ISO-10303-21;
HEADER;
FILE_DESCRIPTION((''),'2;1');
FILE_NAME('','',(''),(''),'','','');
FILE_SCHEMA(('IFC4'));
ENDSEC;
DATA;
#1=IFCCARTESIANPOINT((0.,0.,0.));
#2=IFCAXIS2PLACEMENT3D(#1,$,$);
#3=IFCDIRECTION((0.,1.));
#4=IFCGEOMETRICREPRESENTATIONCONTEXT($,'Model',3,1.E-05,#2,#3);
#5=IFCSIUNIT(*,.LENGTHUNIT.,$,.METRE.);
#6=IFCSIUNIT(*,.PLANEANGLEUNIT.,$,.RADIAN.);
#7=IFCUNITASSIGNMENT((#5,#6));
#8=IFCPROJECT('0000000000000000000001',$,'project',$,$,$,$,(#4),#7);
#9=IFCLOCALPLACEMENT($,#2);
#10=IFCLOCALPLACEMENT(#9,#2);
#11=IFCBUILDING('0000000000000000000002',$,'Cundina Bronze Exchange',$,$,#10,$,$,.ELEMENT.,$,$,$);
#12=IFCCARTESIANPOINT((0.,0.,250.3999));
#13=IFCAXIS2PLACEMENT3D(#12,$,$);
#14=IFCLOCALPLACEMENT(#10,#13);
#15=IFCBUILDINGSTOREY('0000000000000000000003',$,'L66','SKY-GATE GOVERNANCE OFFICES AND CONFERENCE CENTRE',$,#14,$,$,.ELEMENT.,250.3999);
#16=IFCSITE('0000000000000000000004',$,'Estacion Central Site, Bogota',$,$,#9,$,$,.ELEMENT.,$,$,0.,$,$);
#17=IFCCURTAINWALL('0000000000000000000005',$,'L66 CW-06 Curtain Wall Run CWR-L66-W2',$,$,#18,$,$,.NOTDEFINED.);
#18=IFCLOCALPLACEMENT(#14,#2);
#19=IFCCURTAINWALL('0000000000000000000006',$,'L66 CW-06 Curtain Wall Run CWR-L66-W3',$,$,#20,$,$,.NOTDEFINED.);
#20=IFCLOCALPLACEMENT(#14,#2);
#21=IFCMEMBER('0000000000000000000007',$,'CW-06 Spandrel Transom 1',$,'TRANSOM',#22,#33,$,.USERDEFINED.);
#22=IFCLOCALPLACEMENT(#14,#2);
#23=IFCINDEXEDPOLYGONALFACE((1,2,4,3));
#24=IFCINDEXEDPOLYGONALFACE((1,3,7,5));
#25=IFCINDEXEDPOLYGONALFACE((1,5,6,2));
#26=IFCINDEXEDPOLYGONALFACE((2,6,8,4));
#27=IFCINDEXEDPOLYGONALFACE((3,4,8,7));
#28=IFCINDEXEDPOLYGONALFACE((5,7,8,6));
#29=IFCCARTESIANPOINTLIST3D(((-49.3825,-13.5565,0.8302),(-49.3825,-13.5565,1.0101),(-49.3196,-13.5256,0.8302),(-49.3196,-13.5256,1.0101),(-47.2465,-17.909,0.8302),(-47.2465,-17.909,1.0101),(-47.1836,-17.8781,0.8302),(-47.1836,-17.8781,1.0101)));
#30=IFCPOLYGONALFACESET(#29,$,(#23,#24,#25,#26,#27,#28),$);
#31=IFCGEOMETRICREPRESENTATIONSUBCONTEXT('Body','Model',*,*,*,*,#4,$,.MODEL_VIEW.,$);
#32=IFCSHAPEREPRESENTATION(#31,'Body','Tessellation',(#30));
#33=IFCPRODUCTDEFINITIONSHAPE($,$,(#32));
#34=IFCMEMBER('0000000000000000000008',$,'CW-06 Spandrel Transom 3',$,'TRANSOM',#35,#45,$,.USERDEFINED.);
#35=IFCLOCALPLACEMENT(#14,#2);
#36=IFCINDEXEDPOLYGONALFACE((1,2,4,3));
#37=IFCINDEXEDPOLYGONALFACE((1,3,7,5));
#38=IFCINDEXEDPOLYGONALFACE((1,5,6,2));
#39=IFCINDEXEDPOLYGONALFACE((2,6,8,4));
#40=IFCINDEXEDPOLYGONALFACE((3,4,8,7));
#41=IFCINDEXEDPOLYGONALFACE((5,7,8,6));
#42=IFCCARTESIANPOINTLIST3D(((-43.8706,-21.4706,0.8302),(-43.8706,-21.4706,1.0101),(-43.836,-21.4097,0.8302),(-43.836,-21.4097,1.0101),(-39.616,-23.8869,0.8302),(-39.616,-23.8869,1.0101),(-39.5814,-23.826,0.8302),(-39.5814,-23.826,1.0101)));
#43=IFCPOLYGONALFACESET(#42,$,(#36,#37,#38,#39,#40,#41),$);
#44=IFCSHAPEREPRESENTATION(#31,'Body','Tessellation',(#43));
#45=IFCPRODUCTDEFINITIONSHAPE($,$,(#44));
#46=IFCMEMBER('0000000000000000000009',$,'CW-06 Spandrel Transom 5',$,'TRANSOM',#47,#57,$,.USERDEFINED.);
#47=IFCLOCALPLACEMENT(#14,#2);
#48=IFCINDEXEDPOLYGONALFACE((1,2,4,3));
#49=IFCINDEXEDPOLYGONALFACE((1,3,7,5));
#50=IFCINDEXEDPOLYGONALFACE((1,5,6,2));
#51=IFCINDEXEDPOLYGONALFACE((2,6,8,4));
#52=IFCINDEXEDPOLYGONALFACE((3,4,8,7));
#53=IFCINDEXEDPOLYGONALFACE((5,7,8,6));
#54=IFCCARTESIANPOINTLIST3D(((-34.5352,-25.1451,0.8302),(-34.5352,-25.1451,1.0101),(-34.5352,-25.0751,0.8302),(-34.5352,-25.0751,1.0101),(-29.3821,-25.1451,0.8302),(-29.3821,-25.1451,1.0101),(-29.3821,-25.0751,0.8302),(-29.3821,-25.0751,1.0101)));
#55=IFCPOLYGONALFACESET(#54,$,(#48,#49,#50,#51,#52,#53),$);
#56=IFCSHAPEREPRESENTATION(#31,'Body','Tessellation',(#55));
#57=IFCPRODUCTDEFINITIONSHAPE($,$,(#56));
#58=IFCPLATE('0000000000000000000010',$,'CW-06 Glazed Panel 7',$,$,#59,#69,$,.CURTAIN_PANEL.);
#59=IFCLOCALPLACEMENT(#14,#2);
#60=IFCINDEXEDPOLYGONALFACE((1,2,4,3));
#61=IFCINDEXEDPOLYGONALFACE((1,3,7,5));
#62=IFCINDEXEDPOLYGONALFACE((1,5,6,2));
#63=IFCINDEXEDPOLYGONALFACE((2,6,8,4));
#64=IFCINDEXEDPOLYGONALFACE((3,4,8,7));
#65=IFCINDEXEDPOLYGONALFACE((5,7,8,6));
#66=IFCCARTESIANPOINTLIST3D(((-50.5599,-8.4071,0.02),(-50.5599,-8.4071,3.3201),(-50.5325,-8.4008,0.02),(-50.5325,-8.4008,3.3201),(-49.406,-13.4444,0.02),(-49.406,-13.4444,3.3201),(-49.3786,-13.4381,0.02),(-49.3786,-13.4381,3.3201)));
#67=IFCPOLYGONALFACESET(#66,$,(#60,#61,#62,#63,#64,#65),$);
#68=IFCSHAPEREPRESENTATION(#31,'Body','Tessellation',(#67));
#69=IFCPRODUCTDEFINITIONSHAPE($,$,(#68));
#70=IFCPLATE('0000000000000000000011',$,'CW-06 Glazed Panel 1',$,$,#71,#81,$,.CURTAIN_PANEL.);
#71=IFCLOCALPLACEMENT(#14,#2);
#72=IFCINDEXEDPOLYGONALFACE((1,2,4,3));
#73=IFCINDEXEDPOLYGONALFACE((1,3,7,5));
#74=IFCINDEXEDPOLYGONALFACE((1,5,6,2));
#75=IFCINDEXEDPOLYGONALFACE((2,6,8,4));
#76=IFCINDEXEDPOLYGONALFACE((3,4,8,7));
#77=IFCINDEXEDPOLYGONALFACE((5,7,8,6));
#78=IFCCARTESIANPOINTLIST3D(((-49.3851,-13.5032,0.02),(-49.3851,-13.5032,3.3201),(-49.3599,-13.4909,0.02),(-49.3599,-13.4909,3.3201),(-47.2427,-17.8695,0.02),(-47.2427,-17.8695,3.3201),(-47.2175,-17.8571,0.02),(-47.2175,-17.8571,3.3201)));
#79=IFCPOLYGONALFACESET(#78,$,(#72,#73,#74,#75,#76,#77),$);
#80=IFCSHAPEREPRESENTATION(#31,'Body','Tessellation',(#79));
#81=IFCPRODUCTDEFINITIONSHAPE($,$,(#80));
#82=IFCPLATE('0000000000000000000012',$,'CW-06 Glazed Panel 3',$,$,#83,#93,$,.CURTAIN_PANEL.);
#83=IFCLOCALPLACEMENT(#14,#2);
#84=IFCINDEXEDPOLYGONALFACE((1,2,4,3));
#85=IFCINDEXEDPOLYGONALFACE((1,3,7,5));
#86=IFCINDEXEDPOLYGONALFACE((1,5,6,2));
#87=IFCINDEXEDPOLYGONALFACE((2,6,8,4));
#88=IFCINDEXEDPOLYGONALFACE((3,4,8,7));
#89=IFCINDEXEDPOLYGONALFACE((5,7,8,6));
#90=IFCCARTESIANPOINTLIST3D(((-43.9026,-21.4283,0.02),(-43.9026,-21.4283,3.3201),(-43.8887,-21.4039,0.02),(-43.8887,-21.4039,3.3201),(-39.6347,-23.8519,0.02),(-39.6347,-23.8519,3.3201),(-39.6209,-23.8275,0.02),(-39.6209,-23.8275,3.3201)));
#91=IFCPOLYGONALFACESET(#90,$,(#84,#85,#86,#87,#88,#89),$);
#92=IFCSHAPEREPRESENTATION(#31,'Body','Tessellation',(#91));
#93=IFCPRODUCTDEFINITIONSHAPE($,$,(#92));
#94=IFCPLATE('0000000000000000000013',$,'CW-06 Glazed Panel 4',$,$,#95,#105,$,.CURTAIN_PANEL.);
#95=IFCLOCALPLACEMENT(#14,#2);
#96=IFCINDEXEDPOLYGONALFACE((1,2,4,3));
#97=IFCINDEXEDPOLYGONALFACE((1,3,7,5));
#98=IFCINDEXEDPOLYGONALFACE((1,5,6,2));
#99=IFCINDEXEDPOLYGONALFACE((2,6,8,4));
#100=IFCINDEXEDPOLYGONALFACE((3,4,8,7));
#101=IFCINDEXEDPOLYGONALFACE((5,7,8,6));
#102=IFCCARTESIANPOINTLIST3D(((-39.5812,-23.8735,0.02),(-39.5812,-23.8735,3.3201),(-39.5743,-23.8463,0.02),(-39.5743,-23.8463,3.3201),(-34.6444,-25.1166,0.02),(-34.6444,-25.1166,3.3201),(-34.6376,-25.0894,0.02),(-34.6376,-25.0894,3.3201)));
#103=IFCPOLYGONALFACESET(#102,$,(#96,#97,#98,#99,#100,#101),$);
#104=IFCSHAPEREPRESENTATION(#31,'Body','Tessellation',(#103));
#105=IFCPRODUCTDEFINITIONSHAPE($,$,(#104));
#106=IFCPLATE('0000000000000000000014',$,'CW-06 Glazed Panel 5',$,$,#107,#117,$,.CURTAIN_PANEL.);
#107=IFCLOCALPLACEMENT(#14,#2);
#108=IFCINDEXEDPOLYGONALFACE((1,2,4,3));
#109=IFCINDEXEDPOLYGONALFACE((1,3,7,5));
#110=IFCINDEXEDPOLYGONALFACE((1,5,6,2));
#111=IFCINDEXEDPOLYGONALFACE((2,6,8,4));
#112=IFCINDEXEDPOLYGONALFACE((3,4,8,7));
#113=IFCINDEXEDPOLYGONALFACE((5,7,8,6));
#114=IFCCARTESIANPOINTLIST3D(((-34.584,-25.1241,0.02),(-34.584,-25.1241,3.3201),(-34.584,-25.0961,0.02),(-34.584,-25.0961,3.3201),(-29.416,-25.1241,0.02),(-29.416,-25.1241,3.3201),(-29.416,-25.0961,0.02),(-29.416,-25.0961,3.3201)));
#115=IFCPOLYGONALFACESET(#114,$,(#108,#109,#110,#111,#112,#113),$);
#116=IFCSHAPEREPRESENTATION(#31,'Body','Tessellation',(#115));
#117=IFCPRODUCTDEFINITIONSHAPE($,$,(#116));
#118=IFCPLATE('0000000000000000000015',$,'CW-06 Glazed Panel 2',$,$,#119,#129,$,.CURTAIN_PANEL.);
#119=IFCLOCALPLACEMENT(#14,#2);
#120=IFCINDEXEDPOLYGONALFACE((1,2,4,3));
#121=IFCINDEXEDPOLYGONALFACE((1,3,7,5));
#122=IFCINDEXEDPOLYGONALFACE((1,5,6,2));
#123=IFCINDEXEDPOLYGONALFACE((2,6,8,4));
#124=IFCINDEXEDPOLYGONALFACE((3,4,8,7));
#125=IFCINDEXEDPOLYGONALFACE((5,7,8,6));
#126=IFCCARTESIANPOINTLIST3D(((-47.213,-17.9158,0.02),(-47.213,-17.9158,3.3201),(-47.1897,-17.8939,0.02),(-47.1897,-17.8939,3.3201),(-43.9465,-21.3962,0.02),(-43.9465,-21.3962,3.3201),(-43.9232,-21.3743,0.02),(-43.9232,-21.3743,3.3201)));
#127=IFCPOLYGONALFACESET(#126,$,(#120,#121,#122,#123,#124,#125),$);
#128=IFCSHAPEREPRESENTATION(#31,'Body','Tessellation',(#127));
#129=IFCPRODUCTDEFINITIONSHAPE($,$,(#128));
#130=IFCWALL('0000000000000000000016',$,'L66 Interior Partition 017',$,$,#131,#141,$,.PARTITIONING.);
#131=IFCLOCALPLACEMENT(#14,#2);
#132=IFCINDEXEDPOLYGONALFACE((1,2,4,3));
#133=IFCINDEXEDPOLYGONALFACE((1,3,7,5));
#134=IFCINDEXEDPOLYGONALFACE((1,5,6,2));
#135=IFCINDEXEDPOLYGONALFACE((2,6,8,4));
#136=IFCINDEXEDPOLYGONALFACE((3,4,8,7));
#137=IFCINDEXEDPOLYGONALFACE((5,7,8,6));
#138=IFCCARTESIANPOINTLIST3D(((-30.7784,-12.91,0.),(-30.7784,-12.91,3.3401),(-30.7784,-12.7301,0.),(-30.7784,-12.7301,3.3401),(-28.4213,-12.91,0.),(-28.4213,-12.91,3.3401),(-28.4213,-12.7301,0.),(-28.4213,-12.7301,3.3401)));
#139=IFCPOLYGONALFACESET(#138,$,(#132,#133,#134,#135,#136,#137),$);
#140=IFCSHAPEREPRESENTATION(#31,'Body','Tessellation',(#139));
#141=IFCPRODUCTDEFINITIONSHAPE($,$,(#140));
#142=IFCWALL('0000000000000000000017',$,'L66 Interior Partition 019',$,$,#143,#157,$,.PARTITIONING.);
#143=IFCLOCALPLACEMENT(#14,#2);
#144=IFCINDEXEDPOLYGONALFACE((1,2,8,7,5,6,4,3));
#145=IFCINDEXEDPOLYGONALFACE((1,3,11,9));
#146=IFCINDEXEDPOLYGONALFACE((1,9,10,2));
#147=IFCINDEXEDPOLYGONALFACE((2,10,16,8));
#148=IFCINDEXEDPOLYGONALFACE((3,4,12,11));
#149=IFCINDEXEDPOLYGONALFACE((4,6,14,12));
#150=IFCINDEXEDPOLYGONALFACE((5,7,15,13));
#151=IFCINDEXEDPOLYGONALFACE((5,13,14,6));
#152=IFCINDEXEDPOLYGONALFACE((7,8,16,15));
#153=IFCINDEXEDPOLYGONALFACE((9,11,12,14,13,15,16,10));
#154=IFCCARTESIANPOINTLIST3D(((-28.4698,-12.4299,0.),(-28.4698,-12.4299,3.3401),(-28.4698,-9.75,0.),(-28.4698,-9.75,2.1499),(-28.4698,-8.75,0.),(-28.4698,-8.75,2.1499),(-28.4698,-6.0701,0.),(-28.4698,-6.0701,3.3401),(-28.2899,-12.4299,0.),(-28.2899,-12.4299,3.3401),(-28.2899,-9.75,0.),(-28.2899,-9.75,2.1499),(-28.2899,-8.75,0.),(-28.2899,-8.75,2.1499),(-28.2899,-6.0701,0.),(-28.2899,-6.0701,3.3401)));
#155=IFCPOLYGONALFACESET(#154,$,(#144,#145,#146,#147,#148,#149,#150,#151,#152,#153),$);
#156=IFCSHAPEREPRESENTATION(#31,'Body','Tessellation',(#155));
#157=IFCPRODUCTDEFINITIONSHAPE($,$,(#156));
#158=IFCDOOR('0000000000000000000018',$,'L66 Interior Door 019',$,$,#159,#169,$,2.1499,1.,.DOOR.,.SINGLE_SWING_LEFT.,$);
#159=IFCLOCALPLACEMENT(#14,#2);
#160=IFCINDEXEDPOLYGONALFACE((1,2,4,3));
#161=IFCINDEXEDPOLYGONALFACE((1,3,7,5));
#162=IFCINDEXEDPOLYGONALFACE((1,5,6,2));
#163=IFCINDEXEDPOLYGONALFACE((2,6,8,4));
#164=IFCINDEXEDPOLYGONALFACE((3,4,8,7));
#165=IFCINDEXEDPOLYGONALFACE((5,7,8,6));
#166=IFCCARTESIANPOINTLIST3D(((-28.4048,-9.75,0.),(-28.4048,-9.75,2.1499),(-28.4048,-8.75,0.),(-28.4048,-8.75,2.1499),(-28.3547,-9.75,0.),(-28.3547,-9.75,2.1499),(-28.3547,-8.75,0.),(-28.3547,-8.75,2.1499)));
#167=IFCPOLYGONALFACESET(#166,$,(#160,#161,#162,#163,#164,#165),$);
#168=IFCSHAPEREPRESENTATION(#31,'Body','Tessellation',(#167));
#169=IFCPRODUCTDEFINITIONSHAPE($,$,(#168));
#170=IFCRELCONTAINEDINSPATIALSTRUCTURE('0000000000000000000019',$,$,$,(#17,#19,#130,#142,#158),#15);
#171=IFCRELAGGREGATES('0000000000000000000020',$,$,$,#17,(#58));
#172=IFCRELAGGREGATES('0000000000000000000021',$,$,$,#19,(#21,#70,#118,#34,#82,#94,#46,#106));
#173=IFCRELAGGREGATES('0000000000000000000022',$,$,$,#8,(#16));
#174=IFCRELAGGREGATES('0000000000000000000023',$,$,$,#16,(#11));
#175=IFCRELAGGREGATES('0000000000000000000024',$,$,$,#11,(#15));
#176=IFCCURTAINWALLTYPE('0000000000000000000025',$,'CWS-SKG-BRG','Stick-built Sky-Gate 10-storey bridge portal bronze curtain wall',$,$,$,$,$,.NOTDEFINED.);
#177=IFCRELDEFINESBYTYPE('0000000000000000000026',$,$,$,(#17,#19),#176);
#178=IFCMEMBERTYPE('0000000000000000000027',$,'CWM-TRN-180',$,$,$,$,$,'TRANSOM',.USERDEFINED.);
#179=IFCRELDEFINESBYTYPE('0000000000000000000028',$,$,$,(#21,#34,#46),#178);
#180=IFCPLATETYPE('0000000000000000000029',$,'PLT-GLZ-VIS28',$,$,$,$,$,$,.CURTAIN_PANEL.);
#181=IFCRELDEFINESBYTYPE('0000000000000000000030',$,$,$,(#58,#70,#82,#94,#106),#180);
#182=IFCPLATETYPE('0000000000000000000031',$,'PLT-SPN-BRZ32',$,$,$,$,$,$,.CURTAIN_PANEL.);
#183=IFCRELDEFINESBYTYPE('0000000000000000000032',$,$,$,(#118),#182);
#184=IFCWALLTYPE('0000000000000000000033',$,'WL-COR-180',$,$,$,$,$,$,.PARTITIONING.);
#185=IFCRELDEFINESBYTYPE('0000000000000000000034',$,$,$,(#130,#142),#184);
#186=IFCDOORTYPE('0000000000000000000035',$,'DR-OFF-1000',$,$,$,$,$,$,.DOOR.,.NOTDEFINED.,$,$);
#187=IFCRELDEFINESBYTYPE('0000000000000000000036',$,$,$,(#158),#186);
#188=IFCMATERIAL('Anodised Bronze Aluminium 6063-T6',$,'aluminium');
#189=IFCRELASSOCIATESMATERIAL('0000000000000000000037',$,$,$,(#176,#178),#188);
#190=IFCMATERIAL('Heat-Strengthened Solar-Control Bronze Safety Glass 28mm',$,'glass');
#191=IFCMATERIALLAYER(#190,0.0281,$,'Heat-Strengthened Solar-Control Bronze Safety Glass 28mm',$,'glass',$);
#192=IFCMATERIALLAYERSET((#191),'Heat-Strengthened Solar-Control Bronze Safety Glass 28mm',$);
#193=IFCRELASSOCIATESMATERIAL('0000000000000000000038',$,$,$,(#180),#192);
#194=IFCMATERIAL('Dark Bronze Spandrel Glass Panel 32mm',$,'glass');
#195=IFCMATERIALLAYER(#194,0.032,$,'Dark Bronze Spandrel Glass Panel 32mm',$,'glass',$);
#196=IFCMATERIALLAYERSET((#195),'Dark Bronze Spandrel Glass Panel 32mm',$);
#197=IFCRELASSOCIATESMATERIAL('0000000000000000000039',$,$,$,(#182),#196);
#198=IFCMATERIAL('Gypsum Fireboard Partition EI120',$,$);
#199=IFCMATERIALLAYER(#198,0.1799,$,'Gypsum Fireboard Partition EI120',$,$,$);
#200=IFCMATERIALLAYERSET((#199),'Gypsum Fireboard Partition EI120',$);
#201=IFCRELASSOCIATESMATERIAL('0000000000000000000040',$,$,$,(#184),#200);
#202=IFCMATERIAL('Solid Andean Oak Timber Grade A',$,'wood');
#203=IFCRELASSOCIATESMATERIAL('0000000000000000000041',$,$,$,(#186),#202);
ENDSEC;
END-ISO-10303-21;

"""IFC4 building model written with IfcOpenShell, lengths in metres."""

from ifc_helpers import new_model, si_unit, direction, frame, frame_2d, origin, origin_2d, place, context, subcontext, project, spatial, rectangle, extrude, material, layer, layer_set, material_profile, profile_set, type_object, element, fill, aggregate, save


model = new_model("IFC4")

# Units and contexts
model_context = context("Model", 3, precision=1e-05, world=origin(), true_north=direction((0.0, 1.0)))
body_context = subcontext(model_context, "Body", "Model", "MODEL_VIEW")
ifc_project = project(units=[si_unit("LENGTHUNIT", "METRE"), si_unit("PLANEANGLEUNIT", "RADIAN")], contexts=[model_context])

# Site, building, storey
site_placement = place(None, origin())
site = spatial("IfcSite", under=ifc_project, at=site_placement, Name="Estacion Central Site, Bogota", CompositionType="ELEMENT", RefElevation=0.0)
building_placement = place(site_placement, origin())
building = spatial("IfcBuilding", under=site, at=building_placement, Name="Cundina Bronze Exchange", CompositionType="ELEMENT")
storey_placement = place(building_placement, frame((0.0, 0.0, 250.3999)))
storey = spatial("IfcBuildingStorey", under=building, at=storey_placement, Name="L66", Description="SKY-GATE GOVERNANCE OFFICES AND CONFERENCE CENTRE", CompositionType="ELEMENT", Elevation=250.3999)

# Curtain wall
ifc_material_1 = material(Name="Anodised Bronze Aluminium 6063-T6", Category="aluminium")
curtain_wall_type = type_object("IfcCurtainWallType", Name="CWS-SKG-BRG", Description="Stick-built Sky-Gate 10-storey bridge portal bronze curtain wall", PredefinedType="NOTDEFINED", material=ifc_material_1)
curtain_wall_1_placement = place(storey_placement, origin())
curtain_wall_1 = element("IfcCurtainWall", 1, at=curtain_wall_1_placement, inside=storey, type_object=curtain_wall_type, Name="L66 CW-06 Curtain Wall Run CWR-L66-W2", PredefinedType="NOTDEFINED")

# Curtain wall, members
curtain_wall_2_placement = place(storey_placement, origin())
curtain_wall_2 = element("IfcCurtainWall", 2, at=curtain_wall_2_placement, inside=storey, type_object=curtain_wall_type, Name="L66 CW-06 Curtain Wall Run CWR-L66-W3", PredefinedType="NOTDEFINED")
ifc_material_profile_1 = material_profile(ifc_material_1, rectangle(XDim=0.0701, YDim=0.1799, at=origin_2d()), Name="AL70X180", Category="aluminium")
ifc_profile_set_1 = profile_set([ifc_material_profile_1], Name="Anodised Bronze Aluminium 6063-T6")
member_type_1 = type_object("IfcMemberType", Name="CWM-TRN-180", ElementType="TRANSOM", PredefinedType="USERDEFINED", material=ifc_profile_set_1)
member_1_placement = place(storey_placement, frame((-49.3511, -13.541, 0.9202), z_axis=(0.440554, -0.897726, 0.0), x_axis=(0.897726, 0.440554, 0.0)))
member_1 = element("IfcMember", 3, at=member_1_placement, type_object=member_type_1, Name="CW-06 Spandrel Transom 1", ObjectType="TRANSOM", PredefinedType="USERDEFINED", context=body_context, shape_type="SweptSolid", body=[
    extrude(rectangle(XDim=0.0701, YDim=0.1799, at=origin_2d()), origin(), (0.0, 0.0, 1.0), 4.8484),
])
member_2_placement = place(storey_placement, frame((-43.8533, -21.4402, 0.9202), z_axis=(0.869557, -0.493832, 0.0), x_axis=(0.493832, 0.869557, 0.0)))
member_2 = element("IfcMember", 4, at=member_2_placement, type_object=member_type_1, Name="CW-06 Spandrel Transom 3", ObjectType="TRANSOM", PredefinedType="USERDEFINED", context=body_context, shape_type="SweptSolid", body=[
    extrude(rectangle(XDim=0.0701, YDim=0.1799, at=origin_2d()), origin(), (0.0, 0.0, 1.0), 4.8928),
])
member_3_placement = place(storey_placement, frame((-34.5352, -25.1101, 0.9202), z_axis=(1.0, 0.0, 0.0), x_axis=(0.0, 1.0, 0.0)))
member_3 = element("IfcMember", 5, at=member_3_placement, type_object=member_type_1, Name="CW-06 Spandrel Transom 5", ObjectType="TRANSOM", PredefinedType="USERDEFINED", context=body_context, shape_type="SweptSolid", body=[
    extrude(rectangle(XDim=0.0701, YDim=0.1799, at=origin_2d()), origin(), (0.0, 0.0, 1.0), 5.1531),
])

# Plates
ifc_material_2 = material(Name="Heat-Strengthened Solar-Control Bronze Safety Glass 28mm", Category="glass")
ifc_layer_1 = layer(ifc_material_2, 0.0281, Name="Heat-Strengthened Solar-Control Bronze Safety Glass 28mm", Category="glass")
ifc_layer_set_1 = layer_set([ifc_layer_1], Name="Heat-Strengthened Solar-Control Bronze Safety Glass 28mm")
plate_type_1 = type_object("IfcPlateType", Name="PLT-GLZ-VIS28", PredefinedType="CURTAIN_PANEL", material=ifc_layer_set_1)
plate_1_placement = place(storey_placement, frame((-49.9692, -10.9226, 0.02), z_axis=(0.0, 0.0, 1.0), x_axis=(0.223284, -0.974753, 0.0)))
plate_1 = element("IfcPlate", 6, at=plate_1_placement, type_object=plate_type_1, Name="CW-06 Glazed Panel 7", PredefinedType="CURTAIN_PANEL", context=body_context, shape_type="SweptSolid", body=[
    extrude(rectangle(XDim=5.1677, YDim=0.0281, at=origin_2d()), origin(), (0.0, 0.0, 1.0), 3.3),
])
aggregate(curtain_wall_1, [plate_1])
plate_2_placement = place(storey_placement, frame((-48.3013, -15.6802, 0.02), z_axis=(0.0, 0.0, 1.0), x_axis=(0.440503, -0.897751, 0.0)))
plate_2 = element("IfcPlate", 7, at=plate_2_placement, type_object=plate_type_1, Name="CW-06 Glazed Panel 1", PredefinedType="CURTAIN_PANEL", context=body_context, shape_type="SweptSolid", body=[
    extrude(rectangle(XDim=4.8635, YDim=0.0281, at=origin_2d()), origin(), (0.0, 0.0, 1.0), 3.3),
])
plate_3_placement = place(storey_placement, frame((-41.7617, -22.6279, 0.02), z_axis=(0.0, 0.0, 1.0), x_axis=(0.869573, -0.493805, 0.0)))
plate_3 = element("IfcPlate", 8, at=plate_3_placement, type_object=plate_type_1, Name="CW-06 Glazed Panel 3", PredefinedType="CURTAIN_PANEL", context=body_context, shape_type="SweptSolid", body=[
    extrude(rectangle(XDim=4.908, YDim=0.0281, at=origin_2d()), origin(), (0.0, 0.0, 1.0), 3.3),
])
plate_4_placement = place(storey_placement, frame((-37.1094, -24.4814, 0.02), z_axis=(0.0, 0.0, 1.0), x_axis=(0.969732, -0.244174, 0.0)))
plate_4 = element("IfcPlate", 9, at=plate_4_placement, type_object=plate_type_1, Name="CW-06 Glazed Panel 4", PredefinedType="CURTAIN_PANEL", context=body_context, shape_type="SweptSolid", body=[
    extrude(rectangle(XDim=5.0908, YDim=0.0281, at=origin_2d()), origin(), (0.0, 0.0, 1.0), 3.3),
])
plate_5_placement = place(storey_placement, frame((-32.0, -25.1101, 0.02), z_axis=(0.0, 0.0, 1.0), x_axis=(1.0, 0.0, 0.0)))
plate_5 = element("IfcPlate", 10, at=plate_5_placement, type_object=plate_type_1, Name="CW-06 Glazed Panel 5", PredefinedType="CURTAIN_PANEL", context=body_context, shape_type="SweptSolid", body=[
    extrude(rectangle(XDim=5.168, YDim=0.0281, at=origin_2d()), origin(), (0.0, 0.0, 1.0), 3.3),
])
ifc_material_3 = material(Name="Dark Bronze Spandrel Glass Panel 32mm", Category="glass")
ifc_layer_2 = layer(ifc_material_3, 0.032, Name="Dark Bronze Spandrel Glass Panel 32mm", Category="glass")
ifc_layer_set_2 = layer_set([ifc_layer_2], Name="Dark Bronze Spandrel Glass Panel 32mm")
plate_type_2 = type_object("IfcPlateType", Name="PLT-SPN-BRZ32", PredefinedType="CURTAIN_PANEL", material=ifc_layer_set_2)
plate_6_placement = place(storey_placement, frame((-45.5681, -19.645, 0.02), z_axis=(0.0, 0.0, 1.0), x_axis=(0.684344, -0.72916, 0.0)))
plate_6 = element("IfcPlate", 11, at=plate_6_placement, type_object=plate_type_2, Name="CW-06 Glazed Panel 2", PredefinedType="CURTAIN_PANEL", context=body_context, shape_type="SweptSolid", body=[
    extrude(rectangle(XDim=4.7732, YDim=0.032, at=origin_2d()), origin(), (0.0, 0.0, 1.0), 3.3),
])
aggregate(curtain_wall_2, [member_1, plate_2, plate_6, member_2, plate_3, plate_4, member_3, plate_5])

# Wall
ifc_material_4 = material(Name="Gypsum Fireboard Partition EI120")
ifc_layer_3 = layer(ifc_material_4, 0.1799, Name="Gypsum Fireboard Partition EI120")
ifc_layer_set_3 = layer_set([ifc_layer_3], Name="Gypsum Fireboard Partition EI120")
wall_type_1 = type_object("IfcWallType", Name="WL-COR-180", PredefinedType="PARTITIONING", material=ifc_layer_set_3)
wall_1_placement = place(storey_placement, frame((-30.7786, -12.8201, 0.0), z_axis=(0.0, 0.0, 1.0), x_axis=(1.0, 0.0, 0.0)))
element("IfcWall", 12, at=wall_1_placement, inside=storey, type_object=wall_type_1, Name="L66 Interior Partition 017", PredefinedType="PARTITIONING", context=body_context, shape_type="SweptSolid", body=[
    extrude(rectangle(XDim=2.3572, YDim=0.1799, at=frame_2d((1.1787, 0.0))), origin(), (0.0, 0.0, 1.0), 3.3401),
])

# Wall, opening, door
wall_2_placement = place(storey_placement, frame((-28.3799, -12.4299, 0.0), z_axis=(0.0, 0.0, 1.0), x_axis=(0.0, 1.0, 0.0)))
wall_2 = element("IfcWall", 13, at=wall_2_placement, inside=storey, type_object=wall_type_1, Name="L66 Interior Partition 019", PredefinedType="PARTITIONING", context=body_context, shape_type="SweptSolid", body=[
    extrude(rectangle(XDim=6.3599, YDim=0.1799, at=frame_2d((3.1799, 0.0))), origin(), (0.0, 0.0, 1.0), 3.3401),
])
opening_1_placement = place(wall_2_placement, frame((2.6799, 0.0, 0.0)))
opening_1 = element("IfcOpeningElement", 14, at=opening_1_placement, cuts=wall_2, PredefinedType="OPENING", context=body_context, shape_type="SweptSolid", body=[
    extrude(rectangle(XDim=1.0, YDim=2.1499, at=frame_2d((0.5, 1.075))), frame((0.0, 0.0999, 0.0), z_axis=(0.0, -1.0, 0.0), x_axis=(1.0, 0.0, 0.0)), (0.0, 0.0, 1.0), 0.2),
])
ifc_material_5 = material(Name="Solid Andean Oak Timber Grade A", Category="wood")
door_type = type_object("IfcDoorType", Name="DR-OFF-1000", OperationType="NOTDEFINED", PredefinedType="DOOR", material=ifc_material_5)
door_1_placement = place(opening_1_placement, origin())
door_1 = element("IfcDoor", 15, at=door_1_placement, inside=storey, type_object=door_type, Name="L66 Interior Door 019", OperationType="SINGLE_SWING_LEFT", OverallHeight=2.1499, OverallWidth=1.0, PredefinedType="DOOR", context=body_context, shape_type="SweptSolid", body=[
    extrude(rectangle(XDim=1.0, YDim=2.1499, at=frame_2d((0.5, 1.075))), frame((0.0, 0.0249, 0.0), z_axis=(0.0, -1.0, 0.0), x_axis=(1.0, 0.0, 0.0)), (0.0, 0.0, 1.0), 0.05),
])
fill(opening_1, door_1)

save(model, "model.ifc")
